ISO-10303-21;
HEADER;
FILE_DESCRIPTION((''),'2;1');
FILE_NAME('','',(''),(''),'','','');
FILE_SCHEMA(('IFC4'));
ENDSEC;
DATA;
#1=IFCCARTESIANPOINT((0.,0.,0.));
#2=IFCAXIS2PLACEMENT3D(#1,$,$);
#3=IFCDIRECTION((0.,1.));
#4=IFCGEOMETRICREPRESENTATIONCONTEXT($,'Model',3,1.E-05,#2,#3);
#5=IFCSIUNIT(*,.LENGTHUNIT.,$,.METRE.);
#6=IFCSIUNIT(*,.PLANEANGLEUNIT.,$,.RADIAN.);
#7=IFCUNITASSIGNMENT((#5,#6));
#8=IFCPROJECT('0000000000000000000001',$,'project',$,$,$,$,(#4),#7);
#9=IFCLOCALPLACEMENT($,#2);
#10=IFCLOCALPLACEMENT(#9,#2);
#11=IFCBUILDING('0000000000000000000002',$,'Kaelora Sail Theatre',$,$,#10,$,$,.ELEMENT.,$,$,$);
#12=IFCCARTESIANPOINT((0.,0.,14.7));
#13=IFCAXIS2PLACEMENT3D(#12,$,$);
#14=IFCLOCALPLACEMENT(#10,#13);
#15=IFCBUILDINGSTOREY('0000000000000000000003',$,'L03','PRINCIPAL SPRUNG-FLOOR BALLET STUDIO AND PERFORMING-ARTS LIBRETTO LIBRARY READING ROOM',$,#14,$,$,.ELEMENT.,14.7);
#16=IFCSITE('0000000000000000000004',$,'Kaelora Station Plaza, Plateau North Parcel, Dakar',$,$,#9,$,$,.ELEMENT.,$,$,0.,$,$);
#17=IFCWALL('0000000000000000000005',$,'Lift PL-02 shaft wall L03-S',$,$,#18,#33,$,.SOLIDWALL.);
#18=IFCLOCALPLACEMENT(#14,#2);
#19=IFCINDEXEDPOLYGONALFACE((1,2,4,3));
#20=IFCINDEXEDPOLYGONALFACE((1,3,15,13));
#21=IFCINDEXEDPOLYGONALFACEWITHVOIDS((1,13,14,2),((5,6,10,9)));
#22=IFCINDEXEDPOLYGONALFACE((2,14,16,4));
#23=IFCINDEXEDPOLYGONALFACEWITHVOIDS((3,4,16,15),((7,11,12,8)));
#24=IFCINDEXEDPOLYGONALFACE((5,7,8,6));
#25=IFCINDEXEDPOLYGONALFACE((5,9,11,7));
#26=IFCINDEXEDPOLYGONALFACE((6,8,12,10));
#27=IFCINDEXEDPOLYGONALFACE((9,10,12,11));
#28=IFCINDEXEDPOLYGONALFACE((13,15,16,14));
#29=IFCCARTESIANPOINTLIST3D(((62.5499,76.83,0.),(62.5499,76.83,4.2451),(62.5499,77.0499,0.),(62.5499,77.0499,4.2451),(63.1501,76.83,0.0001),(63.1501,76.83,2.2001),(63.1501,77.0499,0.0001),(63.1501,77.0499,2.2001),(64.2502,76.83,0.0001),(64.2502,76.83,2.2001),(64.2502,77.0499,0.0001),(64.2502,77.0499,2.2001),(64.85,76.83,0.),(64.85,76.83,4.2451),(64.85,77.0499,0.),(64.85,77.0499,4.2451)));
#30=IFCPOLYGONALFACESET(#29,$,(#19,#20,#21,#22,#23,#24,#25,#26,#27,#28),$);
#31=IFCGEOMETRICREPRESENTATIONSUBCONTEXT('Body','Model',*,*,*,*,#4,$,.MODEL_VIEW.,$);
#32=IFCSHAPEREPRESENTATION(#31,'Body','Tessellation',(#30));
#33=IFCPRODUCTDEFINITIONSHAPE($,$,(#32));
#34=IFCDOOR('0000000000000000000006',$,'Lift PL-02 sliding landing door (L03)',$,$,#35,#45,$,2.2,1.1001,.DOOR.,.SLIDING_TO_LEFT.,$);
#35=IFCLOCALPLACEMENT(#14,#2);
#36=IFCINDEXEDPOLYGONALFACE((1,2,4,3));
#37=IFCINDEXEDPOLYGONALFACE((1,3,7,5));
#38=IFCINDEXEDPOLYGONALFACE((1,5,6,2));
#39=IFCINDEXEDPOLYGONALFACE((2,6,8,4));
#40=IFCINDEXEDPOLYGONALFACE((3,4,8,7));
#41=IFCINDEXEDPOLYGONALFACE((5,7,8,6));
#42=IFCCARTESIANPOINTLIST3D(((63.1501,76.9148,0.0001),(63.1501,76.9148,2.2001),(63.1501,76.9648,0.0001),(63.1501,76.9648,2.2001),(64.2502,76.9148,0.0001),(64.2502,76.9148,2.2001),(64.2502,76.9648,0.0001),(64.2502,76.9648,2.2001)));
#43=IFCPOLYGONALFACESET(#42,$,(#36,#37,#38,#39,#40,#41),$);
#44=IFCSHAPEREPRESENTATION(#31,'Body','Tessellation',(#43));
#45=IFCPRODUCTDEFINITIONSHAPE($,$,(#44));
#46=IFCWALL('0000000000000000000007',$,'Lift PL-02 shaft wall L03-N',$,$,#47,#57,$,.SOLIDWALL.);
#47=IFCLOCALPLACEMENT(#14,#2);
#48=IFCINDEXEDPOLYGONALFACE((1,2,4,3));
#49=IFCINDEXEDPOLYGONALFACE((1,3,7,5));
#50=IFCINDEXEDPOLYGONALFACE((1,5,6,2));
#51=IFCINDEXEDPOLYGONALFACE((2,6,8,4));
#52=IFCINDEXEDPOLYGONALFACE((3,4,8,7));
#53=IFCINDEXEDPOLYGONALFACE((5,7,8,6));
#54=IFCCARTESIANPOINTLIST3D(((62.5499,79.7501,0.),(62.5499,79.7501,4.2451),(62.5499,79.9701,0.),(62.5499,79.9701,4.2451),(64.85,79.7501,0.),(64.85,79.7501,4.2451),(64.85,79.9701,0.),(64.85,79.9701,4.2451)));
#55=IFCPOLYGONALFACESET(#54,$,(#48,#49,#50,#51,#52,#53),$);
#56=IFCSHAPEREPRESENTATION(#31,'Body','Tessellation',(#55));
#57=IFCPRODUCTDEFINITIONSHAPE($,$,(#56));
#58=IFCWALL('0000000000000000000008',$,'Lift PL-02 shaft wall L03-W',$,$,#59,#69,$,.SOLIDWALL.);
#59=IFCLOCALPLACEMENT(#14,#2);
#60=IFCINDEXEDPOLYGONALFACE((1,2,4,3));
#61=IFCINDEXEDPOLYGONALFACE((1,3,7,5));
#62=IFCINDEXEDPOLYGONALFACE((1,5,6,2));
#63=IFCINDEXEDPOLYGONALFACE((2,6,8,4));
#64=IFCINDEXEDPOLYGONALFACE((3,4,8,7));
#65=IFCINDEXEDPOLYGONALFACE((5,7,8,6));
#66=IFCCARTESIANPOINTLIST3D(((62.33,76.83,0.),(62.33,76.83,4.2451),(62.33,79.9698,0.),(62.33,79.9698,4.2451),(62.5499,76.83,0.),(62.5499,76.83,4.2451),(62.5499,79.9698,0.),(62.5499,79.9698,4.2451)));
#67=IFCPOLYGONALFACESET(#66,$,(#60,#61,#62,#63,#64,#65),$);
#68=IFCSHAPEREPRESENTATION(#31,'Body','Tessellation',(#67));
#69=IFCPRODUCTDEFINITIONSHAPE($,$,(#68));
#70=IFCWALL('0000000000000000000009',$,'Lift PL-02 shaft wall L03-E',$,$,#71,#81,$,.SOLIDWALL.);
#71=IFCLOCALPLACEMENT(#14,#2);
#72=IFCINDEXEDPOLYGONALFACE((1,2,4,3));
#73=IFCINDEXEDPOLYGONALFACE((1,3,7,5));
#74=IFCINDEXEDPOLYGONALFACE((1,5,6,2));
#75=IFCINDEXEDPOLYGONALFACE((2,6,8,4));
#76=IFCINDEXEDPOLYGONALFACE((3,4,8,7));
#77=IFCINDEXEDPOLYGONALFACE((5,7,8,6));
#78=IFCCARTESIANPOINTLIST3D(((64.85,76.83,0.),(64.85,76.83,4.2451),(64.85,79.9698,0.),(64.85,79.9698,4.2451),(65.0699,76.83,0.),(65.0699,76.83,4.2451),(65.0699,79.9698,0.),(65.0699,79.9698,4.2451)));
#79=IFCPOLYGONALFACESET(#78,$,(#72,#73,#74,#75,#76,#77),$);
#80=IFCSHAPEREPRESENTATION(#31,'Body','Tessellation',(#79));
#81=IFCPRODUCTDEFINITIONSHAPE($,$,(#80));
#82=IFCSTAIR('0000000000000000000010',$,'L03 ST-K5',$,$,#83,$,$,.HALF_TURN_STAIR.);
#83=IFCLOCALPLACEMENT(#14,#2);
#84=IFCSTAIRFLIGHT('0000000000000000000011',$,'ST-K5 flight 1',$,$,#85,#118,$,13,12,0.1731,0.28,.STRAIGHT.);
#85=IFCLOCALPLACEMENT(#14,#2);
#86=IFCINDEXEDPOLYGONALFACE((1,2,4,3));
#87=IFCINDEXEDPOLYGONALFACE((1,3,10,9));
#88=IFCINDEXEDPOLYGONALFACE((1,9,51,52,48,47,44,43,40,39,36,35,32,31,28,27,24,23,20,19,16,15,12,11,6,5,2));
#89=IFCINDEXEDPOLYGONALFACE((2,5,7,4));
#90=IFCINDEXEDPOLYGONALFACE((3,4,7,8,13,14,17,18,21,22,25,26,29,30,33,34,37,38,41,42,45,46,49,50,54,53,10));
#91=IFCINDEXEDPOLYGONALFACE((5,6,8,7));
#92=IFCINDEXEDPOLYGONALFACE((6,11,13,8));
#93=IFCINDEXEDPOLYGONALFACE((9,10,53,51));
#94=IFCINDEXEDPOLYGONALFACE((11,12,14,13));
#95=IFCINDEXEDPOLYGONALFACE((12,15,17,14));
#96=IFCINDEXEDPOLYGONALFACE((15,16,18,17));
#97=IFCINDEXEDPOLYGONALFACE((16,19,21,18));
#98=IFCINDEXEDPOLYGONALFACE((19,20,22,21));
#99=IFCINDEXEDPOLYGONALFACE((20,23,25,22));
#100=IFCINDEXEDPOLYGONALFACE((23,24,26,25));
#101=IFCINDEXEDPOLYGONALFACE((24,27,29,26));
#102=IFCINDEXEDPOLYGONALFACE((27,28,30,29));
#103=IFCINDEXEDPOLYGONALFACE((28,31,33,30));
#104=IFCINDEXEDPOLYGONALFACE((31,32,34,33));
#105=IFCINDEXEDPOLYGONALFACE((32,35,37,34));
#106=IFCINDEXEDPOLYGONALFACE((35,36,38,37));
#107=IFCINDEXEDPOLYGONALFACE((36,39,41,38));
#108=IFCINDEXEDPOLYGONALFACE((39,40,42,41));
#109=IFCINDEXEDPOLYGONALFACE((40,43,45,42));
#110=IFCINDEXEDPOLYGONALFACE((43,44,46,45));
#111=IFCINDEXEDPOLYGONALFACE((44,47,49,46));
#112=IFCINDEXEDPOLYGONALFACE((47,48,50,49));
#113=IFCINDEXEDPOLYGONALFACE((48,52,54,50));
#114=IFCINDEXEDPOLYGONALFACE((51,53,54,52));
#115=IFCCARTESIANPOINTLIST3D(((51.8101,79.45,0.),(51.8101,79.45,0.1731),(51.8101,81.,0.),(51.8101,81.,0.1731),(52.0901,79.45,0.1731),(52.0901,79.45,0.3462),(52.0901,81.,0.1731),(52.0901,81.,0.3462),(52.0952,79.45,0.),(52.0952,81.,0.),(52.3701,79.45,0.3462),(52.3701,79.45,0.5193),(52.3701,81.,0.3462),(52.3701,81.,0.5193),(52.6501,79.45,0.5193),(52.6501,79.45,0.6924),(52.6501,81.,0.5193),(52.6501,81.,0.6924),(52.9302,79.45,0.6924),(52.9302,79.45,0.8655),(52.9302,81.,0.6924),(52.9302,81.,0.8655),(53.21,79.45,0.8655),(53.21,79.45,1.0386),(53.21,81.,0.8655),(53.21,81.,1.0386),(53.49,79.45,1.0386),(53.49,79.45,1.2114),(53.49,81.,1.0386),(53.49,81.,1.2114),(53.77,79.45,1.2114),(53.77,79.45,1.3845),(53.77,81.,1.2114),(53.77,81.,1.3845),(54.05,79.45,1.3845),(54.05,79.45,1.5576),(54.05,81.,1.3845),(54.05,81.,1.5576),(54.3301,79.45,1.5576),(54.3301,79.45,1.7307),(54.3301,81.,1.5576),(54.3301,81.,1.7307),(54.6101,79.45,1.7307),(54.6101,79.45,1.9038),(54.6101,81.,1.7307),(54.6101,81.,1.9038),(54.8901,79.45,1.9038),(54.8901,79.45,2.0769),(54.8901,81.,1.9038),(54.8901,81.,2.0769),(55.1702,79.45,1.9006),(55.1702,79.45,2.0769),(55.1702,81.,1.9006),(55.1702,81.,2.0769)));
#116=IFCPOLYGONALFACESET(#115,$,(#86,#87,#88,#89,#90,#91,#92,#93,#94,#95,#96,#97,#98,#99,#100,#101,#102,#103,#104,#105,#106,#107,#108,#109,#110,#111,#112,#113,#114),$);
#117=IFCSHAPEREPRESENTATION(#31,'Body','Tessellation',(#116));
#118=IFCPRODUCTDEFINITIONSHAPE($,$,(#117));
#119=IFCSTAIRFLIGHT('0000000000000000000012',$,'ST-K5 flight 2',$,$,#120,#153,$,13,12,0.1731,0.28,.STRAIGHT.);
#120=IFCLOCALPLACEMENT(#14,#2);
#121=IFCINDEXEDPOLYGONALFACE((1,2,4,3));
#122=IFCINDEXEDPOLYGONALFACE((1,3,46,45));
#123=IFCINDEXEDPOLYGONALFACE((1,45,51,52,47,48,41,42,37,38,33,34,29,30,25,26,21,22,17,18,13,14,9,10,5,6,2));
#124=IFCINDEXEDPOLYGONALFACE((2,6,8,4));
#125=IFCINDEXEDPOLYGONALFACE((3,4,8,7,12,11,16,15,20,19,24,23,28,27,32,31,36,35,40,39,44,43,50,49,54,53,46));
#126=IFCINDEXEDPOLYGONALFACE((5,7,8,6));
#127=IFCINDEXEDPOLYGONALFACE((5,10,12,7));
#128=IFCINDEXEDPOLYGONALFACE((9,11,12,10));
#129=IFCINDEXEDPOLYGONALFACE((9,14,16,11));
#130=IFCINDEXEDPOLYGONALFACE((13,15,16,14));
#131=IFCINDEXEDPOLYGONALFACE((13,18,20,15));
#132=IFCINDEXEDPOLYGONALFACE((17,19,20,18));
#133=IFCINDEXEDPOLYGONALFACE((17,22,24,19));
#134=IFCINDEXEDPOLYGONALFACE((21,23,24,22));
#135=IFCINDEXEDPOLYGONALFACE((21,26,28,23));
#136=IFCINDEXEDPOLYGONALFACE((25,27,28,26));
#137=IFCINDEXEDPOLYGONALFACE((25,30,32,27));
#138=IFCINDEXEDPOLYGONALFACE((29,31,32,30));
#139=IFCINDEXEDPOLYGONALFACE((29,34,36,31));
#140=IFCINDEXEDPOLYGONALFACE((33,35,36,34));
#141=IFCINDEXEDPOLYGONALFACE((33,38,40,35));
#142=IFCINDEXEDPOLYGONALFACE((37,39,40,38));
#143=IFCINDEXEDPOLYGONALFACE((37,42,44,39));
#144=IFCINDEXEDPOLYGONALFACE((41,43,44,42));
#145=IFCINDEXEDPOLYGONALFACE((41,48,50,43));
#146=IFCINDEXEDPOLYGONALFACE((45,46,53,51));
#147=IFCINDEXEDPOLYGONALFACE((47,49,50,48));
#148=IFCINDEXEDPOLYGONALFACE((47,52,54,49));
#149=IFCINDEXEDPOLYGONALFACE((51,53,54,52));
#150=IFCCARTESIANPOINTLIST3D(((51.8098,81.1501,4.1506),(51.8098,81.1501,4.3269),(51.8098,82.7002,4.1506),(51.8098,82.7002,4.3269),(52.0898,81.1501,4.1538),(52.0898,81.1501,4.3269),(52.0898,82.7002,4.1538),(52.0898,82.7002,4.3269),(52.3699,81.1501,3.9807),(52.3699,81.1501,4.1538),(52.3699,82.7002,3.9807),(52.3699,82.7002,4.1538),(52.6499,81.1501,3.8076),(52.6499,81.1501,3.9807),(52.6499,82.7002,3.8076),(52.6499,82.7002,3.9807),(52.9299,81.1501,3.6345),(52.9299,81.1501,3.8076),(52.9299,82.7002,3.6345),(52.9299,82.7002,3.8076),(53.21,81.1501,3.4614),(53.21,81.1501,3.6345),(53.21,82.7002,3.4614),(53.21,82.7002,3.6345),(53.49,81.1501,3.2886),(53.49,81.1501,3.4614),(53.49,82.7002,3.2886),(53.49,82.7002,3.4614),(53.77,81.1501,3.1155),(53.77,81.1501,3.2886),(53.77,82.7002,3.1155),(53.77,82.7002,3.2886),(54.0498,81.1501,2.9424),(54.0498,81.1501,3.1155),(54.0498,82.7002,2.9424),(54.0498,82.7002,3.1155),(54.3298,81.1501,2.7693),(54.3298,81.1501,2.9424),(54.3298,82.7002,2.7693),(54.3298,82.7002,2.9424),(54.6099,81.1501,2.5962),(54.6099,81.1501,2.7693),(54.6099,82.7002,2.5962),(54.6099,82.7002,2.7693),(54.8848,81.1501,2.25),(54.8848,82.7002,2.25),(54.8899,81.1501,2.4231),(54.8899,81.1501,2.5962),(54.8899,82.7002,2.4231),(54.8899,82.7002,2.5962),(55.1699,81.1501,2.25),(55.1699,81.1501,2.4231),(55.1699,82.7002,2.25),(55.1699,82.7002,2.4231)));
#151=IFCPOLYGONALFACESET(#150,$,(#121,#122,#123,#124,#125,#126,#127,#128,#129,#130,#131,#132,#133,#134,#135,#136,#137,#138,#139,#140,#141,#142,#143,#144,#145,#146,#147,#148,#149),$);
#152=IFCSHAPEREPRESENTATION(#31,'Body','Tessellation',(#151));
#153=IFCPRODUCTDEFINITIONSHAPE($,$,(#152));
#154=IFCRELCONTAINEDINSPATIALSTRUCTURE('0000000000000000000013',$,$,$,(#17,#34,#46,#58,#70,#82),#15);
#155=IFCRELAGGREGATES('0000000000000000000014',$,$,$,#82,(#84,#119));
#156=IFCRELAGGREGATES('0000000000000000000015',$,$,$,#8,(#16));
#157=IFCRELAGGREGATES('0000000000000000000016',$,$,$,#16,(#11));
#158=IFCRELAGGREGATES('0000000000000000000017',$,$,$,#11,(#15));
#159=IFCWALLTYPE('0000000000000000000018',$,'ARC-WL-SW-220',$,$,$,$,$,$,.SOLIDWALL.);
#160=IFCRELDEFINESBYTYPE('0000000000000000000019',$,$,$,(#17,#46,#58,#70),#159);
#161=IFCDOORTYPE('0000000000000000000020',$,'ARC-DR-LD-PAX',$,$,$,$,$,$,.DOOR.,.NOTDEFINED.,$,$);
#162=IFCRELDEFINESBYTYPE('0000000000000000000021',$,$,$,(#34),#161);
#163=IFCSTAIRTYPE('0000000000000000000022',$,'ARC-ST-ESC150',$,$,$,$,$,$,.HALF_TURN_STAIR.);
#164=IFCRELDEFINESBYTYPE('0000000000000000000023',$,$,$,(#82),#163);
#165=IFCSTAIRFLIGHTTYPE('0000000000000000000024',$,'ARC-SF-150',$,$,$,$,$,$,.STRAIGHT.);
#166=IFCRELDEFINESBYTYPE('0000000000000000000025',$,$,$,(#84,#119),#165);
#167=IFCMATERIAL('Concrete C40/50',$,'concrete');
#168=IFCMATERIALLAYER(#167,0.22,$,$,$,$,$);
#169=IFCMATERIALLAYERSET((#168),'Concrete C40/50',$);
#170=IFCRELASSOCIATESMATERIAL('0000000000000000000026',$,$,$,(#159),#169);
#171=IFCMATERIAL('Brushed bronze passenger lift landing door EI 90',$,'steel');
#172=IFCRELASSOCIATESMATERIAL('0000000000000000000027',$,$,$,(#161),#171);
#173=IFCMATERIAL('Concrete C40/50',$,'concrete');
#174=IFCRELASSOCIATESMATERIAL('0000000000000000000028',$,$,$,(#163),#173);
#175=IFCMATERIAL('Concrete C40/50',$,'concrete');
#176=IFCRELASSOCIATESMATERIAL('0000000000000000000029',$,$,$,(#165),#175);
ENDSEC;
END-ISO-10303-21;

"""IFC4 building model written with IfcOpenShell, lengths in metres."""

from ifc_helpers import new_model, si_unit, direction, frame, frame_2d, origin, place, context, subcontext, project, spatial, polyline, rectangle, outline, extrude, material, layer, layer_set, type_object, element, fill, aggregate, save


model = new_model("IFC4")

# Units and contexts
model_context = context("Model", 3, precision=1e-05, world=origin(), true_north=direction((0.0, 1.0)))
body_context = subcontext(model_context, "Body", "Model", "MODEL_VIEW")
ifc_project = project(units=[si_unit("LENGTHUNIT", "METRE"), si_unit("PLANEANGLEUNIT", "RADIAN")], contexts=[model_context])

# Site, building, storey
site_placement = place(None, origin())
site = spatial("IfcSite", under=ifc_project, at=site_placement, Name="Kaelora Station Plaza, Plateau North Parcel, Dakar", CompositionType="ELEMENT", RefElevation=0.0)
building_placement = place(site_placement, origin())
building = spatial("IfcBuilding", under=site, at=building_placement, Name="Kaelora Sail Theatre", CompositionType="ELEMENT")
storey_placement = place(building_placement, frame((0.0, 0.0, 14.7)))
storey = spatial("IfcBuildingStorey", under=building, at=storey_placement, Name="L03", Description="PRINCIPAL SPRUNG-FLOOR BALLET STUDIO AND PERFORMING-ARTS LIBRETTO LIBRARY READING ROOM", CompositionType="ELEMENT", Elevation=14.7)

# Shared definitions
ifc_material_1 = material(Name="Concrete C40/50", Category="concrete")
ifc_layer_1 = layer(ifc_material_1, 0.22)
ifc_layer_set_1 = layer_set([ifc_layer_1], Name="Concrete C40/50")
wall_type_1 = type_object("IfcWallType", Name="ARC-WL-SW-220", PredefinedType="SOLIDWALL", material=ifc_layer_set_1)
ifc_material_2 = material(Name="Brushed bronze passenger lift landing door EI 90", Category="steel")
door_type = type_object("IfcDoorType", Name="ARC-DR-LD-PAX", OperationType="NOTDEFINED", PredefinedType="DOOR", material=ifc_material_2)

# Wall, opening, door
wall_1_placement = place(storey_placement, frame((62.55, 76.9399, 0.0), z_axis=(0.0, 0.0, 1.0), x_axis=(1.0, 0.0, 0.0)))
wall_1 = element("IfcWall", 1, at=wall_1_placement, inside=storey, type_object=wall_type_1, Name="Lift PL-02 shaft wall L03-S", PredefinedType="SOLIDWALL", context=body_context, shape_type="SweptSolid", body=[
    extrude(rectangle(XDim=2.3, YDim=0.22, at=frame_2d((1.1499, 0.0))), origin(), (0.0, 0.0, 1.0), 4.2451),
])
opening_1_placement = place(wall_1_placement, frame((0.6001, 0.0, 0.0)))
opening_1 = element("IfcOpeningElement", 2, at=opening_1_placement, cuts=wall_1, PredefinedType="OPENING", context=body_context, shape_type="SweptSolid", body=[
    extrude(rectangle(XDim=1.1001, YDim=2.2, at=frame_2d((0.55, 1.1001))), frame((0.0, 0.1199, 0.0), z_axis=(0.0, -1.0, 0.0), x_axis=(1.0, 0.0, 0.0)), (0.0, 0.0, 1.0), 0.24),
])
door_1_placement = place(opening_1_placement, origin())
door_1 = element("IfcDoor", 3, at=door_1_placement, inside=storey, type_object=door_type, Name="Lift PL-02 sliding landing door (L03)", OperationType="SLIDING_TO_LEFT", OverallHeight=2.2, OverallWidth=1.1001, PredefinedType="DOOR", context=body_context, shape_type="SweptSolid", body=[
    extrude(rectangle(XDim=1.1001, YDim=2.2, at=frame_2d((0.55, 1.1001))), frame((0.0, 0.0249, 0.0), z_axis=(0.0, -1.0, 0.0), x_axis=(1.0, 0.0, 0.0)), (0.0, 0.0, 1.0), 0.05),
])
fill(opening_1, door_1)

# Walls
wall_2_placement = place(storey_placement, frame((62.55, 79.8601, 0.0), z_axis=(0.0, 0.0, 1.0), x_axis=(1.0, 0.0, 0.0)))
element("IfcWall", 4, at=wall_2_placement, inside=storey, type_object=wall_type_1, Name="Lift PL-02 shaft wall L03-N", PredefinedType="SOLIDWALL", context=body_context, shape_type="SweptSolid", body=[
    extrude(rectangle(XDim=2.3, YDim=0.22, at=frame_2d((1.1499, 0.0))), origin(), (0.0, 0.0, 1.0), 4.2451),
])
for number, where, z_axis, x_axis, name in (
    (5, (62.4399, 76.8301, 0.0), (0.0, 0.0, 1.0), (0.0, 1.0, 0.0), "Lift PL-02 shaft wall L03-W"),
    (6, (64.96, 76.8301, 0.0), (0.0, 0.0, 1.0), (0.0, 1.0, 0.0), "Lift PL-02 shaft wall L03-E"),
):
    element("IfcWall", number, at=place(storey_placement, frame(where, z_axis=z_axis, x_axis=x_axis)), inside=storey, type_object=wall_type_1, Name=name, PredefinedType="SOLIDWALL", context=body_context, shape_type="SweptSolid", body=[
        extrude(rectangle(XDim=3.1399, YDim=0.22, at=frame_2d((1.5698, 0.0))), origin(), (0.0, 0.0, 1.0), 4.2451),
    ])

# Stair, stair flights
ifc_material_3 = material(Name="Concrete C40/50", Category="concrete")
stair_type = type_object("IfcStairType", Name="ARC-ST-ESC150", PredefinedType="HALF_TURN_STAIR", material=ifc_material_3)
stair_placement = place(storey_placement, origin())
stair = element("IfcStair", 7, at=stair_placement, inside=storey, type_object=stair_type, Name="L03 ST-K5", PredefinedType="HALF_TURN_STAIR")
ifc_material_4 = material(Name="Concrete C40/50", Category="concrete")
stair_flight_type = type_object("IfcStairFlightType", Name="ARC-SF-150", PredefinedType="STRAIGHT", material=ifc_material_4)
stair_flight_1_placement = place(storey_placement, frame((51.8101, 80.2251, 0.0), z_axis=(0.0, 0.0, 1.0), x_axis=(1.0, 0.0, 0.0)))
stair_flight_1 = element("IfcStairFlight", 8, at=stair_flight_1_placement, type_object=stair_flight_type, Name="ST-K5 flight 1", NumberOfRisers=13, NumberOfTreads=12, PredefinedType="STRAIGHT", RiserHeight=0.1731, TreadLength=0.28, context=body_context, shape_type="SweptSolid", body=[
    extrude(outline(polyline([(0.0, 0.0), (0.0, 0.1731), (0.28, 0.1731), (0.28, 0.3462), (0.5601, 0.3462), (0.5601, 0.5193), (0.8401, 0.5193), (0.8401, 0.6924), (1.1201, 0.6924), (1.1201, 0.8655), (1.3999, 0.8655), (1.3999, 1.0386), (1.6799, 1.0386), (1.6799, 1.2114), (1.96, 1.2114), (1.96, 1.3845), (2.24, 1.3845), (2.24, 1.5576), (2.52, 1.5576), (2.52, 1.7307), (2.8, 1.7307), (2.8, 1.9038), (3.0801, 1.9038), (3.0801, 2.0769), (3.3601, 2.0769), (3.3601, 2.25), (3.3601, 1.9006), (0.2852, 0.0), (0.0, 0.0)])), frame((0.0, 0.7749, 0.0), z_axis=(0.0, -1.0, 0.0), x_axis=(1.0, 0.0, 0.0)), (0.0, 0.0, 1.0), 1.55),
])
stair_flight_2_placement = place(storey_placement, frame((55.1699, 81.925, 2.25), z_axis=(0.0, 0.0, 1.0), x_axis=(-1.0, 0.0, 0.0)))
stair_flight_2 = element("IfcStairFlight", 9, at=stair_flight_2_placement, type_object=stair_flight_type, Name="ST-K5 flight 2", NumberOfRisers=13, NumberOfTreads=12, PredefinedType="STRAIGHT", RiserHeight=0.1731, TreadLength=0.28, context=body_context, shape_type="SweptSolid", body=[
    extrude(outline(polyline([(0.0, 0.0), (0.0, 0.1731), (0.28, 0.1731), (0.28, 0.3462), (0.5601, 0.3462), (0.5601, 0.5193), (0.8401, 0.5193), (0.8401, 0.6924), (1.1201, 0.6924), (1.1201, 0.8655), (1.3999, 0.8655), (1.3999, 1.0386), (1.6799, 1.0386), (1.6799, 1.2114), (1.96, 1.2114), (1.96, 1.3845), (2.24, 1.3845), (2.24, 1.5576), (2.52, 1.5576), (2.52, 1.7307), (2.8, 1.7307), (2.8, 1.9038), (3.0801, 1.9038), (3.0801, 2.0769), (3.3601, 2.0769), (3.3601, 2.25), (3.3601, 1.9006), (0.2852, 0.0), (0.0, 0.0)])), frame((0.0, 0.7749, 0.0), z_axis=(0.0, -1.0, 0.0), x_axis=(1.0, 0.0, 0.0)), (0.0, 0.0, 1.0), 1.55),
])
aggregate(stair, [stair_flight_1, stair_flight_2])

save(model, "model.ifc")
